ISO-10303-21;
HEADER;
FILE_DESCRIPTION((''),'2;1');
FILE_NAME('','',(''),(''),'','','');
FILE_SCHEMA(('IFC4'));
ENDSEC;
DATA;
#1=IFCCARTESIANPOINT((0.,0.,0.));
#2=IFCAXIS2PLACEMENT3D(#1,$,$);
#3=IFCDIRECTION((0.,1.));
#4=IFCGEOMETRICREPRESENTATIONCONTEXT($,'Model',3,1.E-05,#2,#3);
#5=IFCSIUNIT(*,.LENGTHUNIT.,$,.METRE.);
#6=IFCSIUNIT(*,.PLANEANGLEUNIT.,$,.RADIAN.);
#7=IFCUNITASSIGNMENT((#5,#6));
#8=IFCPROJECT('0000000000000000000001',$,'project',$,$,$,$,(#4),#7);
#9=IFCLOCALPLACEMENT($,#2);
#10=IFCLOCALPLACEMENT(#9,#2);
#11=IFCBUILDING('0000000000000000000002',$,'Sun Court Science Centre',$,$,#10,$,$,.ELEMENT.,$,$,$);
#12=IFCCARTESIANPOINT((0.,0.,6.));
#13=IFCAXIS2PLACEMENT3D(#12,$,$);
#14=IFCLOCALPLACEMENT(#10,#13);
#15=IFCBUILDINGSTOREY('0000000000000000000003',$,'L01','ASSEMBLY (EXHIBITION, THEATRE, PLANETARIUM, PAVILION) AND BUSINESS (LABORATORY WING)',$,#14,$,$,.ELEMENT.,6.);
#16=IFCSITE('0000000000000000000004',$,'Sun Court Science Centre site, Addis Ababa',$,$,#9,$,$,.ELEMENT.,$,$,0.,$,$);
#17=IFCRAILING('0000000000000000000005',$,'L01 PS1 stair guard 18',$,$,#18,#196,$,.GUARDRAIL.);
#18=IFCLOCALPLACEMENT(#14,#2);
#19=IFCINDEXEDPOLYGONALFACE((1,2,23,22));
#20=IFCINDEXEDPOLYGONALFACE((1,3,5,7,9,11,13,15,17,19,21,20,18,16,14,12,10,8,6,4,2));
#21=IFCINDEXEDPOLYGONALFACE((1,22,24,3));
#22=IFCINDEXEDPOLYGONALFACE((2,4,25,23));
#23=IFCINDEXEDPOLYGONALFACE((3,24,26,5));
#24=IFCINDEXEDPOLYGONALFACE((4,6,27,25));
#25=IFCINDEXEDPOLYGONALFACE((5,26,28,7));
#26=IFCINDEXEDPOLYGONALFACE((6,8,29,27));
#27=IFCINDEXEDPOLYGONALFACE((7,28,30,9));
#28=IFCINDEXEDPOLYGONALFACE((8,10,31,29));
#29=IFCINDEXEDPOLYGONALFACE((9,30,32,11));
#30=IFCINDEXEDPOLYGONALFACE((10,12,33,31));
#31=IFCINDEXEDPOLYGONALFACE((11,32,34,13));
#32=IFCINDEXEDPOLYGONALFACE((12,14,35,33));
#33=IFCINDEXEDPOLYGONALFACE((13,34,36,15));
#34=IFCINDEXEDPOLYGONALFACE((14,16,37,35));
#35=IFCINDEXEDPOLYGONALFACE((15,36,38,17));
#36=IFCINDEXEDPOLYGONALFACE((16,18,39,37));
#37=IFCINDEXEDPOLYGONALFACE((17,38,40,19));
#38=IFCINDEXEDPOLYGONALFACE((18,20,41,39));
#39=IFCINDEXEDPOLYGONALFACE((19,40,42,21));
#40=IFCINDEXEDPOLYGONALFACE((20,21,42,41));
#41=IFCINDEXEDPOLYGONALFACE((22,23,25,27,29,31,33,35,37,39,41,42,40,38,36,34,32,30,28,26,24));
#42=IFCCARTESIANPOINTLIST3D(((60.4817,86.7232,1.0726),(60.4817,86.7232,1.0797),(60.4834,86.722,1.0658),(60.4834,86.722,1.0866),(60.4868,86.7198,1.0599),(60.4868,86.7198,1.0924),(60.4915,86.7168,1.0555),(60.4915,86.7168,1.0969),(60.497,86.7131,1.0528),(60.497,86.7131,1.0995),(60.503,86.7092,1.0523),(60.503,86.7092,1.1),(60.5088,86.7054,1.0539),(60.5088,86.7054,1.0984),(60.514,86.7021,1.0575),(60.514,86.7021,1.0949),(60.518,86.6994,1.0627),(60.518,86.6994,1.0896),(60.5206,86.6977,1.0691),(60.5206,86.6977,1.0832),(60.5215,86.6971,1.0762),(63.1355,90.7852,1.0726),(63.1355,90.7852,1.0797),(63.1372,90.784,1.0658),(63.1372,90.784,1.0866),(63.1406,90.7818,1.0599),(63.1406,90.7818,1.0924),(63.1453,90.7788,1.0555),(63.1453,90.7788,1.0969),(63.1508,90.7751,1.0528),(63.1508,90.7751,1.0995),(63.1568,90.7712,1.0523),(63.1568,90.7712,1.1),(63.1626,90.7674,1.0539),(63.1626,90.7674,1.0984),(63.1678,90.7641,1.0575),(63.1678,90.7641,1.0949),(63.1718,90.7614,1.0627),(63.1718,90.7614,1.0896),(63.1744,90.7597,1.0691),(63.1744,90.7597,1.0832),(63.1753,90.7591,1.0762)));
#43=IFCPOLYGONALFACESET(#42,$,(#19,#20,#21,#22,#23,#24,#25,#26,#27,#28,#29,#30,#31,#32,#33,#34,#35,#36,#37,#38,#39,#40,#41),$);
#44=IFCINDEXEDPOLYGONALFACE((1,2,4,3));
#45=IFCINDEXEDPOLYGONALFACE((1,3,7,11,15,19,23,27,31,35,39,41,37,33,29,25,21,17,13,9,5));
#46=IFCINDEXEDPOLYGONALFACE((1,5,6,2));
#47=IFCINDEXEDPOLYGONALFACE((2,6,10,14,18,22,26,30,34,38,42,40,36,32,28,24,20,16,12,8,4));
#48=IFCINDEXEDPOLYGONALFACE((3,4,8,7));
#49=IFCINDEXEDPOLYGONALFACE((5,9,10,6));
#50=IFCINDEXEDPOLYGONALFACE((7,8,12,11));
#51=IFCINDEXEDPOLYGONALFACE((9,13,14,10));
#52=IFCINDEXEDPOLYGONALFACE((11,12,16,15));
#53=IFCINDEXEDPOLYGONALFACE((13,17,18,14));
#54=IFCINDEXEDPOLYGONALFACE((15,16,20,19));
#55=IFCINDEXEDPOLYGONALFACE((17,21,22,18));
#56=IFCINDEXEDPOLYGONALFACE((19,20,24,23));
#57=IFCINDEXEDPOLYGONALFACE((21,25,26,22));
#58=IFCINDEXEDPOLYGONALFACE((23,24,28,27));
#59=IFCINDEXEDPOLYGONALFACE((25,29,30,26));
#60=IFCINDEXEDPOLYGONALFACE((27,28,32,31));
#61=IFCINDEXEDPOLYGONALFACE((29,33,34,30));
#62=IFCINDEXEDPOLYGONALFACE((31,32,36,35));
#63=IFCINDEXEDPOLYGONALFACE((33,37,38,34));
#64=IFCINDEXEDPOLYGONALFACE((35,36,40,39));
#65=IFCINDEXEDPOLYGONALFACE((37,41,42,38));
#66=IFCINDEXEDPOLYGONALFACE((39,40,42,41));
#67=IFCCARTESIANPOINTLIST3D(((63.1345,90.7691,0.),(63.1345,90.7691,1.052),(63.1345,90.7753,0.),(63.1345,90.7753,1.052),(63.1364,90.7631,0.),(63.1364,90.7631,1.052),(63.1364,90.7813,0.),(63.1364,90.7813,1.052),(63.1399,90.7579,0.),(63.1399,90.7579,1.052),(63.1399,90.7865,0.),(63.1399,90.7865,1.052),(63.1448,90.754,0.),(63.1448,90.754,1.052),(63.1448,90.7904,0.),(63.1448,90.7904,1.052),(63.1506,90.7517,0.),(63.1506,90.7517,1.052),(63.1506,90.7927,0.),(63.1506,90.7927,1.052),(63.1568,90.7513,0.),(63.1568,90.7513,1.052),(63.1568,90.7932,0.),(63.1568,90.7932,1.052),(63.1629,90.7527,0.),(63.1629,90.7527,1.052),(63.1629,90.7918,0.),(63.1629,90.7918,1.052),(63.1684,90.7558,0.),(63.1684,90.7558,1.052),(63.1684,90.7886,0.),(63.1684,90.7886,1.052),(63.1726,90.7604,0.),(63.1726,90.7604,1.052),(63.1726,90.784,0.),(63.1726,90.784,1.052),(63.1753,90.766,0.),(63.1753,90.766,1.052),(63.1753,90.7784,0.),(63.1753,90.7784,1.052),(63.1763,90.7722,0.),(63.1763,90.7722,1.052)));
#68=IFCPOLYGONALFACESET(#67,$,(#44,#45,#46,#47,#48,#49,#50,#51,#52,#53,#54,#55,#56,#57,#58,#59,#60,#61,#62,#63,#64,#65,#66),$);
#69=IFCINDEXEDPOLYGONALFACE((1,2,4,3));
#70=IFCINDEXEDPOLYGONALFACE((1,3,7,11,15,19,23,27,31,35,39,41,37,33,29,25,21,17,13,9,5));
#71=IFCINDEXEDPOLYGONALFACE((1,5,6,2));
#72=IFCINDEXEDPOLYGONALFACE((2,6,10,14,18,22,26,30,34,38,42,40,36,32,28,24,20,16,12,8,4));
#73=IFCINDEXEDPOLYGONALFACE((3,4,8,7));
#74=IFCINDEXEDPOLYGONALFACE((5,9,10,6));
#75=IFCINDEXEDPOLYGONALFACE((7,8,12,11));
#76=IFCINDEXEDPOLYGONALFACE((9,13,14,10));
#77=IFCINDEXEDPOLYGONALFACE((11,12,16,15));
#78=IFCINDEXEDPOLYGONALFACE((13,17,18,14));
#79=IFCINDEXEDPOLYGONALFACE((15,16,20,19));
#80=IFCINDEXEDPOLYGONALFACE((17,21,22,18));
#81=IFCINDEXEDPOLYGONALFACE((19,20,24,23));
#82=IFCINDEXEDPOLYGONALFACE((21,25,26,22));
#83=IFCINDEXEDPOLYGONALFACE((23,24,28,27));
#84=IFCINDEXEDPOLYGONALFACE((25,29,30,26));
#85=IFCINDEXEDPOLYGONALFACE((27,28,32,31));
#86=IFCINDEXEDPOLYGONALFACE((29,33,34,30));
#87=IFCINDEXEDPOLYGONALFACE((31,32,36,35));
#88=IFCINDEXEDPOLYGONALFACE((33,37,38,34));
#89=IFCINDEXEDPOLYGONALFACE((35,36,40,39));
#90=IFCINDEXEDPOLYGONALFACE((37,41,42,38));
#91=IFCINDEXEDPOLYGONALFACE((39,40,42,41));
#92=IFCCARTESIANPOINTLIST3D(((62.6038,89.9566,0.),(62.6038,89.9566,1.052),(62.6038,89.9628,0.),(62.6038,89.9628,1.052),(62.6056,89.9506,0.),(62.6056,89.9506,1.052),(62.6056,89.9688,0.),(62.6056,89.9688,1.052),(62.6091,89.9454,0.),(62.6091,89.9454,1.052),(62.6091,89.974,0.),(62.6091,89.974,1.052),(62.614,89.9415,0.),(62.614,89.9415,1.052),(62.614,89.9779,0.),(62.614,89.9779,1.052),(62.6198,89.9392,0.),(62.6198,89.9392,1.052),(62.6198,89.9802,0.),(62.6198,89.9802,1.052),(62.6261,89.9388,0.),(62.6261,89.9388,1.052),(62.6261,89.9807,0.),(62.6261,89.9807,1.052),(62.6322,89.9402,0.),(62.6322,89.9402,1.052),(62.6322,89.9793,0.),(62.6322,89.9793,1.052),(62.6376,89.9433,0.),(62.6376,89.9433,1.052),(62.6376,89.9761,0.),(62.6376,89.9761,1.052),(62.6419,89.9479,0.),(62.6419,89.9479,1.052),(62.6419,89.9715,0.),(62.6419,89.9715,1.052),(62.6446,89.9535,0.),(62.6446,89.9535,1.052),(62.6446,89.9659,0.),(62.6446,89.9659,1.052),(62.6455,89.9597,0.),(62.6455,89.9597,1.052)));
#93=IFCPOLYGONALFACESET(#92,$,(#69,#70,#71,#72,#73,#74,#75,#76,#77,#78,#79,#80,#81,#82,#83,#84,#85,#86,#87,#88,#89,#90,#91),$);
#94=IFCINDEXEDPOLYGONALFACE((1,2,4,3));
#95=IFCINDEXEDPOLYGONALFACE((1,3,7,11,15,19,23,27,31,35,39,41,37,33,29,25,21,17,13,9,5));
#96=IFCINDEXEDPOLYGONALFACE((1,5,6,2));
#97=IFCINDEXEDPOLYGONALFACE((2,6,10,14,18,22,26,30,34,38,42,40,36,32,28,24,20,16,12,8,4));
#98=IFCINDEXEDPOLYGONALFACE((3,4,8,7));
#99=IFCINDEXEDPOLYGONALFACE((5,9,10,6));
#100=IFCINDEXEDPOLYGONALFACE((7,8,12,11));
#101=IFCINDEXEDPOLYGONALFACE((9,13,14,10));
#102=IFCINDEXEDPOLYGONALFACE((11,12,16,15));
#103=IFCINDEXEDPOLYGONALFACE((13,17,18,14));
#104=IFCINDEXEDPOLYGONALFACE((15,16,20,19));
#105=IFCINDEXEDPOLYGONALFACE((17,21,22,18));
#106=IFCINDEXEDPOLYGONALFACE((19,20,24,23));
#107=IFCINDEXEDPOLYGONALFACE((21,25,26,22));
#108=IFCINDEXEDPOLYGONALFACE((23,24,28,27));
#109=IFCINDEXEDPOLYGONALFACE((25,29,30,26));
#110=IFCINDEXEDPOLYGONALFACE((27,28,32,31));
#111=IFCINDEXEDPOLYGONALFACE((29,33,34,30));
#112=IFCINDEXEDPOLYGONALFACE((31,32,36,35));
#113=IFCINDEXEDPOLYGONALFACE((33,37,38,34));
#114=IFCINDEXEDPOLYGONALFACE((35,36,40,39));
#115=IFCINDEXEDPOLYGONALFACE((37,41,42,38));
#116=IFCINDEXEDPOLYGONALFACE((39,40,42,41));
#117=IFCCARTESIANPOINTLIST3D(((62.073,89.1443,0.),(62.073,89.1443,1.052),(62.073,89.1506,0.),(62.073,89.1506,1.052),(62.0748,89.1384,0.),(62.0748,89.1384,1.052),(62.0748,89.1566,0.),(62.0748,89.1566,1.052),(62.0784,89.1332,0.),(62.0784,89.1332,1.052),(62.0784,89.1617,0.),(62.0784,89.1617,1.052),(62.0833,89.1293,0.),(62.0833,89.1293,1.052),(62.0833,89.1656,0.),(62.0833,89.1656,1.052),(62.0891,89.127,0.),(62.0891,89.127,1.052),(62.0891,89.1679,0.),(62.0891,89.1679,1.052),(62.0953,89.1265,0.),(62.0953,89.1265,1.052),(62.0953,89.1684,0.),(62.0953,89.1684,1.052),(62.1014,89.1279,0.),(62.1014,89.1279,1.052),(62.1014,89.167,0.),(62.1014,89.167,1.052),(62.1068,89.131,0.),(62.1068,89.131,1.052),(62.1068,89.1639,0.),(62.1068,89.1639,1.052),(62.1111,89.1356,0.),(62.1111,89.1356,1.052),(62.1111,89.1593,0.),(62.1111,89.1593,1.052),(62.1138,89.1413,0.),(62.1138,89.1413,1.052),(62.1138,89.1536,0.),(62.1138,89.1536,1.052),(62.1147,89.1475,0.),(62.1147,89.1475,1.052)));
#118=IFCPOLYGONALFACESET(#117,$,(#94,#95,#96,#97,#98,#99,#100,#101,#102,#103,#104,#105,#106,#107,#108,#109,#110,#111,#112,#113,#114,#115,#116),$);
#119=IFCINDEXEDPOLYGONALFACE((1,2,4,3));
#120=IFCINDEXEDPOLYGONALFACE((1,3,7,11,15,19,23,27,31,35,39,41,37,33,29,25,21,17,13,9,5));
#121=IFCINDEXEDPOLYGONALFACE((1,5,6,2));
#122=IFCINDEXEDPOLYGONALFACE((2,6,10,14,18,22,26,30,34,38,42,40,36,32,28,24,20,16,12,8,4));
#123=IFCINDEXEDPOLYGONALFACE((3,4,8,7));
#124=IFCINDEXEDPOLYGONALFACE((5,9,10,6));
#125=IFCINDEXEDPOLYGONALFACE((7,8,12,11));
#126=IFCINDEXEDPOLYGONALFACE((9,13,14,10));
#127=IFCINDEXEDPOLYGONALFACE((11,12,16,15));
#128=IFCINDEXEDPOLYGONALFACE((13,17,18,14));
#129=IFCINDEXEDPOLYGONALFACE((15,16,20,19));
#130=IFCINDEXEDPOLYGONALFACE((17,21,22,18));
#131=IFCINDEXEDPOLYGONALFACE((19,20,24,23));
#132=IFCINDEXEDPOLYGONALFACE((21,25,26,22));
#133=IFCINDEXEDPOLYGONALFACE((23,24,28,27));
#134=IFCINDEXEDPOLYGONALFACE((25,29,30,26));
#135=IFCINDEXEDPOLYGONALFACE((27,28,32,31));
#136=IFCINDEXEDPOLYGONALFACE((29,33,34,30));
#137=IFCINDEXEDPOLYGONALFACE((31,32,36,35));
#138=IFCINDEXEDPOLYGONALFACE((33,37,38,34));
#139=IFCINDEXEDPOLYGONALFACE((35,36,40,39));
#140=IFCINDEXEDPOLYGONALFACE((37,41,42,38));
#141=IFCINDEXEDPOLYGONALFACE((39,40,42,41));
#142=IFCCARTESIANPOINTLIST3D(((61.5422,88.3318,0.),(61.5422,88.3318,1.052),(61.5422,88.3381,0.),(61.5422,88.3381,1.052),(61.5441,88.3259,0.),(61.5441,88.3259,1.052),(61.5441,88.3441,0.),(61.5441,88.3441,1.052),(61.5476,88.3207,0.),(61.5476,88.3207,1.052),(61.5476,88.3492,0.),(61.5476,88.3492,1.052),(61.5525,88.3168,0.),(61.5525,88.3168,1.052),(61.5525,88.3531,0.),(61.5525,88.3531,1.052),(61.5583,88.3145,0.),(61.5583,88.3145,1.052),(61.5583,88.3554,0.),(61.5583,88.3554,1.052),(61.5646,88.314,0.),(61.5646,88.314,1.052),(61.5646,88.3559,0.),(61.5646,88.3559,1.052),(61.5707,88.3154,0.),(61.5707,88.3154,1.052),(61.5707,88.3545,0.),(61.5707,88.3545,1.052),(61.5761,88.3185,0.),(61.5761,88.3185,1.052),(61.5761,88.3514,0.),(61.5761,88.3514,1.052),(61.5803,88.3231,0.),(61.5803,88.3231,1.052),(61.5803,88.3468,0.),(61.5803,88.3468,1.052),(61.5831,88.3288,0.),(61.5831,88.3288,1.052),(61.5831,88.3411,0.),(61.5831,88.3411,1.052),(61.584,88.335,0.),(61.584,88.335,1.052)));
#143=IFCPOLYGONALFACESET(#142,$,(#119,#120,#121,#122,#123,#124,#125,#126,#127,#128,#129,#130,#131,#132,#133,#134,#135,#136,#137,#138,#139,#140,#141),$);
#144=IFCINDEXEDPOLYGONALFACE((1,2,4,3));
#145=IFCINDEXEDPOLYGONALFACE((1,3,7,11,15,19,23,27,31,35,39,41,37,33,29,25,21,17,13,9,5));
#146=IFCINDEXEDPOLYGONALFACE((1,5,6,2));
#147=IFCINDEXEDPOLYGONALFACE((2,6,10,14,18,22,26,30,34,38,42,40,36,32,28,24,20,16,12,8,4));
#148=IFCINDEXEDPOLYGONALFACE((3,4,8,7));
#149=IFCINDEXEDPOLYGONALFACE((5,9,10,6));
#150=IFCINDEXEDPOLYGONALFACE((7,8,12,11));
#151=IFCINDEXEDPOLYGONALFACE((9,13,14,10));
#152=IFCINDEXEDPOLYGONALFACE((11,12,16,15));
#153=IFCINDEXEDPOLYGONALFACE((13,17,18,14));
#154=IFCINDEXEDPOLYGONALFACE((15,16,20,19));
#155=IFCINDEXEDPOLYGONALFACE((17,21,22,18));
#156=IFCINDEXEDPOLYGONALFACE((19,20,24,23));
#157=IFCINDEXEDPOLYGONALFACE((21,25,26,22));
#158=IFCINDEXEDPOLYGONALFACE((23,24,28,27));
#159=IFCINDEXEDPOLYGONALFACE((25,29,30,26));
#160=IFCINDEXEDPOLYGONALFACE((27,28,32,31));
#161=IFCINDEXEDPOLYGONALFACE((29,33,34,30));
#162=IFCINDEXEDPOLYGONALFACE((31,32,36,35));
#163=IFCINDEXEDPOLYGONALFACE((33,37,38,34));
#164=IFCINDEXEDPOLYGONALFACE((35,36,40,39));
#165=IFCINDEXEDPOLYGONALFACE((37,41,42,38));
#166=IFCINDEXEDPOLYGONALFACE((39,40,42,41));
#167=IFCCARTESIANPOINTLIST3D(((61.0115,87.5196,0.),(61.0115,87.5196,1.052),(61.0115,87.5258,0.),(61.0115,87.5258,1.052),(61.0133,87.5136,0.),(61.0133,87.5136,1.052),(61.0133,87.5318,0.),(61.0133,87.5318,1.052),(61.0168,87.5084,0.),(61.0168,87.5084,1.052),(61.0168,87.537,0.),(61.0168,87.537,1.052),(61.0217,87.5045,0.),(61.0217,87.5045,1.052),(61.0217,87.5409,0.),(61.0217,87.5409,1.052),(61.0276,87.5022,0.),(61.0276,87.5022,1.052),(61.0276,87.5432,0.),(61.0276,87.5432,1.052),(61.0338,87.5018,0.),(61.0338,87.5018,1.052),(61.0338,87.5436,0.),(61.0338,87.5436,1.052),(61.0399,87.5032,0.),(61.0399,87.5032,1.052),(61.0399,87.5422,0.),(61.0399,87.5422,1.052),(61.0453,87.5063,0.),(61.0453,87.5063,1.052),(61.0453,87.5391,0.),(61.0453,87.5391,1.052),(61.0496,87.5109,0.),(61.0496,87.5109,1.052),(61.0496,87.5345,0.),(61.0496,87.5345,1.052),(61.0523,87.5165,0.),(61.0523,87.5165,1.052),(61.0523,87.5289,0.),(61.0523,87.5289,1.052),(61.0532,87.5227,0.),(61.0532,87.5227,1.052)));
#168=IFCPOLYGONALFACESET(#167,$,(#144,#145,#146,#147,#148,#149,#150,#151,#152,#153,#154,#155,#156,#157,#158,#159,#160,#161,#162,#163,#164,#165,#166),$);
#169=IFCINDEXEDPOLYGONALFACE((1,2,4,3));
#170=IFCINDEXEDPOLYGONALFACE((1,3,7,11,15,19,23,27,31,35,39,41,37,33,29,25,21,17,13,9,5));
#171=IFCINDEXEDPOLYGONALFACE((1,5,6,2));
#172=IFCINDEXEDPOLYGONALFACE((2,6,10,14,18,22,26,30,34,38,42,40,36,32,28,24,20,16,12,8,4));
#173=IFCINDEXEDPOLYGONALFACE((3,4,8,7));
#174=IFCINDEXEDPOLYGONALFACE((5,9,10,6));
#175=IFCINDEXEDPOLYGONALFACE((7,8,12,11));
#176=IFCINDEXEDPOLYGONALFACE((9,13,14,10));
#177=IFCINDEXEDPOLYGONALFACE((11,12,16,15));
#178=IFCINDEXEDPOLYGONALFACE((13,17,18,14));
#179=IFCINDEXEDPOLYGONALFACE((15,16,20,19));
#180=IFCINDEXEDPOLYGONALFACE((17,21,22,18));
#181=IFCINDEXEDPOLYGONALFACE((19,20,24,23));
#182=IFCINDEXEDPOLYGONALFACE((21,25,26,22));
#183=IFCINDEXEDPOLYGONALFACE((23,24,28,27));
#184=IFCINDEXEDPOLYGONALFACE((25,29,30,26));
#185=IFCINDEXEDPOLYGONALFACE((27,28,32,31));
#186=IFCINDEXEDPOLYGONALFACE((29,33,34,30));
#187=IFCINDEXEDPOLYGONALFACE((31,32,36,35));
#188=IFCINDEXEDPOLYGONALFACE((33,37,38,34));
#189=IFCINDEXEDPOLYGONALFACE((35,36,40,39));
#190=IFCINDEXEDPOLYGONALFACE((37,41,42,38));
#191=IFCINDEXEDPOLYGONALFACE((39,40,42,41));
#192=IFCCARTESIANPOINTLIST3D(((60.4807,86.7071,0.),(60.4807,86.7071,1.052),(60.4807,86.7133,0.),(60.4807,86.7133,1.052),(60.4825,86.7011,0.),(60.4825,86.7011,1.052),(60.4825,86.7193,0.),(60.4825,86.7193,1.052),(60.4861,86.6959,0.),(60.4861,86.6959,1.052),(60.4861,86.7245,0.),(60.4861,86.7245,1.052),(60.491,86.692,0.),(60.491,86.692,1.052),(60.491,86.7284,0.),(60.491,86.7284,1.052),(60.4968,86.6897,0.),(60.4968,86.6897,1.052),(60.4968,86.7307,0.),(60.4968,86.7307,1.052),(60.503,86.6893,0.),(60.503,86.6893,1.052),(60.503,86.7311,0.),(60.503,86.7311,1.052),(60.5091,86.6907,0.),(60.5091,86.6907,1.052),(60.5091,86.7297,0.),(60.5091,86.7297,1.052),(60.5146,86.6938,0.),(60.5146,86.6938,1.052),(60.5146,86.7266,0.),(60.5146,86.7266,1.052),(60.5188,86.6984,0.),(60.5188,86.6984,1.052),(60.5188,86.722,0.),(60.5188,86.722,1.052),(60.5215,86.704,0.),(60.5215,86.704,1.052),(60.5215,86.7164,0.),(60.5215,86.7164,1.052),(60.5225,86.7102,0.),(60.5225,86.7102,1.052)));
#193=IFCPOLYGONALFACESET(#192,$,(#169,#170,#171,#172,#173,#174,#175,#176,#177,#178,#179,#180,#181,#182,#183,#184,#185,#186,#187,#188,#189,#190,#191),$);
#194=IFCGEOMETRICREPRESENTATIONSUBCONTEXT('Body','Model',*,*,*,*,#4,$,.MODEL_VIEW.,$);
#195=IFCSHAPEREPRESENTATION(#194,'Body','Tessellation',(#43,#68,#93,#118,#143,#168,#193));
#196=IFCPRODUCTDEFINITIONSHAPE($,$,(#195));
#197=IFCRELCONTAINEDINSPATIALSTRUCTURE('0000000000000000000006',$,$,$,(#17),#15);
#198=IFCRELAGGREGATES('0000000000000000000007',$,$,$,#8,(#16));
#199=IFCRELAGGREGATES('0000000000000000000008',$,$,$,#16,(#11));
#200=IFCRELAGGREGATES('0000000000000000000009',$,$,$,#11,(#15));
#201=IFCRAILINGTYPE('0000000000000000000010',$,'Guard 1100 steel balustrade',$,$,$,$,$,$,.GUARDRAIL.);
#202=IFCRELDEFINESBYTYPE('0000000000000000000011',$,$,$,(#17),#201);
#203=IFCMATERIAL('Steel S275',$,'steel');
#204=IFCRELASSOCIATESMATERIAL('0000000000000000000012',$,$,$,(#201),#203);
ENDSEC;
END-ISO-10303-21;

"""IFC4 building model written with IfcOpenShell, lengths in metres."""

from ifc_helpers import new_model, si_unit, direction, frame, origin, origin_2d, place, context, subcontext, project, spatial, circle, extrude, material, type_object, element, save


model = new_model("IFC4")

# Units and contexts
model_context = context("Model", 3, precision=1e-05, world=origin(), true_north=direction((0.0, 1.0)))
body_context = subcontext(model_context, "Body", "Model", "MODEL_VIEW")
ifc_project = project(units=[si_unit("LENGTHUNIT", "METRE"), si_unit("PLANEANGLEUNIT", "RADIAN")], contexts=[model_context])

# Site, building, storey
site_placement = place(None, origin())
site = spatial("IfcSite", under=ifc_project, at=site_placement, Name="Sun Court Science Centre site, Addis Ababa", CompositionType="ELEMENT", RefElevation=0.0)
building_placement = place(site_placement, origin())
building = spatial("IfcBuilding", under=site, at=building_placement, Name="Sun Court Science Centre", CompositionType="ELEMENT")
storey_placement = place(building_placement, frame((0.0, 0.0, 6.0)))
storey = spatial("IfcBuildingStorey", under=building, at=storey_placement, Name="L01", Description="ASSEMBLY (EXHIBITION, THEATRE, PLANETARIUM, PAVILION) AND BUSINESS (LABORATORY WING)", CompositionType="ELEMENT", Elevation=6.0)

# Railing
ifc_material_1 = material(Name="Steel S275", Category="steel")
railing_type_1 = type_object("IfcRailingType", Name="Guard 1100 steel balustrade", PredefinedType="GUARDRAIL", material=ifc_material_1)
railing_1_placement = place(storey_placement, frame((63.1553, 90.7722, 0.0)))
element("IfcRailing", 1, at=railing_1_placement, inside=storey, type_object=railing_type_1, Name="L01 PS1 stair guard 18", PredefinedType="GUARDRAIL", context=body_context, shape_type="SweptSolid", body=[
    extrude(circle(Radius=0.0239, at=origin_2d()), frame((0.0, 0.0, 1.0762), z_axis=(-0.546943, -0.83717, 0.0), x_axis=(0.83717, -0.546943, 0.0)), (0.0, 0.0, 1.0), 4.8521),
    extrude(circle(Radius=0.021, at=origin_2d()), origin(), (0.0, 0.0, 1.0), 1.052),
    extrude(circle(Radius=0.021, at=origin_2d()), frame((-0.5308, -0.8125, 0.0)), (0.0, 0.0, 1.0), 1.052),
    extrude(circle(Radius=0.021, at=origin_2d()), frame((-1.0615, -1.6248, 0.0)), (0.0, 0.0, 1.0), 1.052),
    extrude(circle(Radius=0.021, at=origin_2d()), frame((-1.5923, -2.4373, 0.0)), (0.0, 0.0, 1.0), 1.052),
    extrude(circle(Radius=0.021, at=origin_2d()), frame((-2.123, -3.2495, 0.0)), (0.0, 0.0, 1.0), 1.052),
    extrude(circle(Radius=0.021, at=origin_2d()), frame((-2.6538, -4.062, 0.0)), (0.0, 0.0, 1.0), 1.052),
])

save(model, "model.ifc")
